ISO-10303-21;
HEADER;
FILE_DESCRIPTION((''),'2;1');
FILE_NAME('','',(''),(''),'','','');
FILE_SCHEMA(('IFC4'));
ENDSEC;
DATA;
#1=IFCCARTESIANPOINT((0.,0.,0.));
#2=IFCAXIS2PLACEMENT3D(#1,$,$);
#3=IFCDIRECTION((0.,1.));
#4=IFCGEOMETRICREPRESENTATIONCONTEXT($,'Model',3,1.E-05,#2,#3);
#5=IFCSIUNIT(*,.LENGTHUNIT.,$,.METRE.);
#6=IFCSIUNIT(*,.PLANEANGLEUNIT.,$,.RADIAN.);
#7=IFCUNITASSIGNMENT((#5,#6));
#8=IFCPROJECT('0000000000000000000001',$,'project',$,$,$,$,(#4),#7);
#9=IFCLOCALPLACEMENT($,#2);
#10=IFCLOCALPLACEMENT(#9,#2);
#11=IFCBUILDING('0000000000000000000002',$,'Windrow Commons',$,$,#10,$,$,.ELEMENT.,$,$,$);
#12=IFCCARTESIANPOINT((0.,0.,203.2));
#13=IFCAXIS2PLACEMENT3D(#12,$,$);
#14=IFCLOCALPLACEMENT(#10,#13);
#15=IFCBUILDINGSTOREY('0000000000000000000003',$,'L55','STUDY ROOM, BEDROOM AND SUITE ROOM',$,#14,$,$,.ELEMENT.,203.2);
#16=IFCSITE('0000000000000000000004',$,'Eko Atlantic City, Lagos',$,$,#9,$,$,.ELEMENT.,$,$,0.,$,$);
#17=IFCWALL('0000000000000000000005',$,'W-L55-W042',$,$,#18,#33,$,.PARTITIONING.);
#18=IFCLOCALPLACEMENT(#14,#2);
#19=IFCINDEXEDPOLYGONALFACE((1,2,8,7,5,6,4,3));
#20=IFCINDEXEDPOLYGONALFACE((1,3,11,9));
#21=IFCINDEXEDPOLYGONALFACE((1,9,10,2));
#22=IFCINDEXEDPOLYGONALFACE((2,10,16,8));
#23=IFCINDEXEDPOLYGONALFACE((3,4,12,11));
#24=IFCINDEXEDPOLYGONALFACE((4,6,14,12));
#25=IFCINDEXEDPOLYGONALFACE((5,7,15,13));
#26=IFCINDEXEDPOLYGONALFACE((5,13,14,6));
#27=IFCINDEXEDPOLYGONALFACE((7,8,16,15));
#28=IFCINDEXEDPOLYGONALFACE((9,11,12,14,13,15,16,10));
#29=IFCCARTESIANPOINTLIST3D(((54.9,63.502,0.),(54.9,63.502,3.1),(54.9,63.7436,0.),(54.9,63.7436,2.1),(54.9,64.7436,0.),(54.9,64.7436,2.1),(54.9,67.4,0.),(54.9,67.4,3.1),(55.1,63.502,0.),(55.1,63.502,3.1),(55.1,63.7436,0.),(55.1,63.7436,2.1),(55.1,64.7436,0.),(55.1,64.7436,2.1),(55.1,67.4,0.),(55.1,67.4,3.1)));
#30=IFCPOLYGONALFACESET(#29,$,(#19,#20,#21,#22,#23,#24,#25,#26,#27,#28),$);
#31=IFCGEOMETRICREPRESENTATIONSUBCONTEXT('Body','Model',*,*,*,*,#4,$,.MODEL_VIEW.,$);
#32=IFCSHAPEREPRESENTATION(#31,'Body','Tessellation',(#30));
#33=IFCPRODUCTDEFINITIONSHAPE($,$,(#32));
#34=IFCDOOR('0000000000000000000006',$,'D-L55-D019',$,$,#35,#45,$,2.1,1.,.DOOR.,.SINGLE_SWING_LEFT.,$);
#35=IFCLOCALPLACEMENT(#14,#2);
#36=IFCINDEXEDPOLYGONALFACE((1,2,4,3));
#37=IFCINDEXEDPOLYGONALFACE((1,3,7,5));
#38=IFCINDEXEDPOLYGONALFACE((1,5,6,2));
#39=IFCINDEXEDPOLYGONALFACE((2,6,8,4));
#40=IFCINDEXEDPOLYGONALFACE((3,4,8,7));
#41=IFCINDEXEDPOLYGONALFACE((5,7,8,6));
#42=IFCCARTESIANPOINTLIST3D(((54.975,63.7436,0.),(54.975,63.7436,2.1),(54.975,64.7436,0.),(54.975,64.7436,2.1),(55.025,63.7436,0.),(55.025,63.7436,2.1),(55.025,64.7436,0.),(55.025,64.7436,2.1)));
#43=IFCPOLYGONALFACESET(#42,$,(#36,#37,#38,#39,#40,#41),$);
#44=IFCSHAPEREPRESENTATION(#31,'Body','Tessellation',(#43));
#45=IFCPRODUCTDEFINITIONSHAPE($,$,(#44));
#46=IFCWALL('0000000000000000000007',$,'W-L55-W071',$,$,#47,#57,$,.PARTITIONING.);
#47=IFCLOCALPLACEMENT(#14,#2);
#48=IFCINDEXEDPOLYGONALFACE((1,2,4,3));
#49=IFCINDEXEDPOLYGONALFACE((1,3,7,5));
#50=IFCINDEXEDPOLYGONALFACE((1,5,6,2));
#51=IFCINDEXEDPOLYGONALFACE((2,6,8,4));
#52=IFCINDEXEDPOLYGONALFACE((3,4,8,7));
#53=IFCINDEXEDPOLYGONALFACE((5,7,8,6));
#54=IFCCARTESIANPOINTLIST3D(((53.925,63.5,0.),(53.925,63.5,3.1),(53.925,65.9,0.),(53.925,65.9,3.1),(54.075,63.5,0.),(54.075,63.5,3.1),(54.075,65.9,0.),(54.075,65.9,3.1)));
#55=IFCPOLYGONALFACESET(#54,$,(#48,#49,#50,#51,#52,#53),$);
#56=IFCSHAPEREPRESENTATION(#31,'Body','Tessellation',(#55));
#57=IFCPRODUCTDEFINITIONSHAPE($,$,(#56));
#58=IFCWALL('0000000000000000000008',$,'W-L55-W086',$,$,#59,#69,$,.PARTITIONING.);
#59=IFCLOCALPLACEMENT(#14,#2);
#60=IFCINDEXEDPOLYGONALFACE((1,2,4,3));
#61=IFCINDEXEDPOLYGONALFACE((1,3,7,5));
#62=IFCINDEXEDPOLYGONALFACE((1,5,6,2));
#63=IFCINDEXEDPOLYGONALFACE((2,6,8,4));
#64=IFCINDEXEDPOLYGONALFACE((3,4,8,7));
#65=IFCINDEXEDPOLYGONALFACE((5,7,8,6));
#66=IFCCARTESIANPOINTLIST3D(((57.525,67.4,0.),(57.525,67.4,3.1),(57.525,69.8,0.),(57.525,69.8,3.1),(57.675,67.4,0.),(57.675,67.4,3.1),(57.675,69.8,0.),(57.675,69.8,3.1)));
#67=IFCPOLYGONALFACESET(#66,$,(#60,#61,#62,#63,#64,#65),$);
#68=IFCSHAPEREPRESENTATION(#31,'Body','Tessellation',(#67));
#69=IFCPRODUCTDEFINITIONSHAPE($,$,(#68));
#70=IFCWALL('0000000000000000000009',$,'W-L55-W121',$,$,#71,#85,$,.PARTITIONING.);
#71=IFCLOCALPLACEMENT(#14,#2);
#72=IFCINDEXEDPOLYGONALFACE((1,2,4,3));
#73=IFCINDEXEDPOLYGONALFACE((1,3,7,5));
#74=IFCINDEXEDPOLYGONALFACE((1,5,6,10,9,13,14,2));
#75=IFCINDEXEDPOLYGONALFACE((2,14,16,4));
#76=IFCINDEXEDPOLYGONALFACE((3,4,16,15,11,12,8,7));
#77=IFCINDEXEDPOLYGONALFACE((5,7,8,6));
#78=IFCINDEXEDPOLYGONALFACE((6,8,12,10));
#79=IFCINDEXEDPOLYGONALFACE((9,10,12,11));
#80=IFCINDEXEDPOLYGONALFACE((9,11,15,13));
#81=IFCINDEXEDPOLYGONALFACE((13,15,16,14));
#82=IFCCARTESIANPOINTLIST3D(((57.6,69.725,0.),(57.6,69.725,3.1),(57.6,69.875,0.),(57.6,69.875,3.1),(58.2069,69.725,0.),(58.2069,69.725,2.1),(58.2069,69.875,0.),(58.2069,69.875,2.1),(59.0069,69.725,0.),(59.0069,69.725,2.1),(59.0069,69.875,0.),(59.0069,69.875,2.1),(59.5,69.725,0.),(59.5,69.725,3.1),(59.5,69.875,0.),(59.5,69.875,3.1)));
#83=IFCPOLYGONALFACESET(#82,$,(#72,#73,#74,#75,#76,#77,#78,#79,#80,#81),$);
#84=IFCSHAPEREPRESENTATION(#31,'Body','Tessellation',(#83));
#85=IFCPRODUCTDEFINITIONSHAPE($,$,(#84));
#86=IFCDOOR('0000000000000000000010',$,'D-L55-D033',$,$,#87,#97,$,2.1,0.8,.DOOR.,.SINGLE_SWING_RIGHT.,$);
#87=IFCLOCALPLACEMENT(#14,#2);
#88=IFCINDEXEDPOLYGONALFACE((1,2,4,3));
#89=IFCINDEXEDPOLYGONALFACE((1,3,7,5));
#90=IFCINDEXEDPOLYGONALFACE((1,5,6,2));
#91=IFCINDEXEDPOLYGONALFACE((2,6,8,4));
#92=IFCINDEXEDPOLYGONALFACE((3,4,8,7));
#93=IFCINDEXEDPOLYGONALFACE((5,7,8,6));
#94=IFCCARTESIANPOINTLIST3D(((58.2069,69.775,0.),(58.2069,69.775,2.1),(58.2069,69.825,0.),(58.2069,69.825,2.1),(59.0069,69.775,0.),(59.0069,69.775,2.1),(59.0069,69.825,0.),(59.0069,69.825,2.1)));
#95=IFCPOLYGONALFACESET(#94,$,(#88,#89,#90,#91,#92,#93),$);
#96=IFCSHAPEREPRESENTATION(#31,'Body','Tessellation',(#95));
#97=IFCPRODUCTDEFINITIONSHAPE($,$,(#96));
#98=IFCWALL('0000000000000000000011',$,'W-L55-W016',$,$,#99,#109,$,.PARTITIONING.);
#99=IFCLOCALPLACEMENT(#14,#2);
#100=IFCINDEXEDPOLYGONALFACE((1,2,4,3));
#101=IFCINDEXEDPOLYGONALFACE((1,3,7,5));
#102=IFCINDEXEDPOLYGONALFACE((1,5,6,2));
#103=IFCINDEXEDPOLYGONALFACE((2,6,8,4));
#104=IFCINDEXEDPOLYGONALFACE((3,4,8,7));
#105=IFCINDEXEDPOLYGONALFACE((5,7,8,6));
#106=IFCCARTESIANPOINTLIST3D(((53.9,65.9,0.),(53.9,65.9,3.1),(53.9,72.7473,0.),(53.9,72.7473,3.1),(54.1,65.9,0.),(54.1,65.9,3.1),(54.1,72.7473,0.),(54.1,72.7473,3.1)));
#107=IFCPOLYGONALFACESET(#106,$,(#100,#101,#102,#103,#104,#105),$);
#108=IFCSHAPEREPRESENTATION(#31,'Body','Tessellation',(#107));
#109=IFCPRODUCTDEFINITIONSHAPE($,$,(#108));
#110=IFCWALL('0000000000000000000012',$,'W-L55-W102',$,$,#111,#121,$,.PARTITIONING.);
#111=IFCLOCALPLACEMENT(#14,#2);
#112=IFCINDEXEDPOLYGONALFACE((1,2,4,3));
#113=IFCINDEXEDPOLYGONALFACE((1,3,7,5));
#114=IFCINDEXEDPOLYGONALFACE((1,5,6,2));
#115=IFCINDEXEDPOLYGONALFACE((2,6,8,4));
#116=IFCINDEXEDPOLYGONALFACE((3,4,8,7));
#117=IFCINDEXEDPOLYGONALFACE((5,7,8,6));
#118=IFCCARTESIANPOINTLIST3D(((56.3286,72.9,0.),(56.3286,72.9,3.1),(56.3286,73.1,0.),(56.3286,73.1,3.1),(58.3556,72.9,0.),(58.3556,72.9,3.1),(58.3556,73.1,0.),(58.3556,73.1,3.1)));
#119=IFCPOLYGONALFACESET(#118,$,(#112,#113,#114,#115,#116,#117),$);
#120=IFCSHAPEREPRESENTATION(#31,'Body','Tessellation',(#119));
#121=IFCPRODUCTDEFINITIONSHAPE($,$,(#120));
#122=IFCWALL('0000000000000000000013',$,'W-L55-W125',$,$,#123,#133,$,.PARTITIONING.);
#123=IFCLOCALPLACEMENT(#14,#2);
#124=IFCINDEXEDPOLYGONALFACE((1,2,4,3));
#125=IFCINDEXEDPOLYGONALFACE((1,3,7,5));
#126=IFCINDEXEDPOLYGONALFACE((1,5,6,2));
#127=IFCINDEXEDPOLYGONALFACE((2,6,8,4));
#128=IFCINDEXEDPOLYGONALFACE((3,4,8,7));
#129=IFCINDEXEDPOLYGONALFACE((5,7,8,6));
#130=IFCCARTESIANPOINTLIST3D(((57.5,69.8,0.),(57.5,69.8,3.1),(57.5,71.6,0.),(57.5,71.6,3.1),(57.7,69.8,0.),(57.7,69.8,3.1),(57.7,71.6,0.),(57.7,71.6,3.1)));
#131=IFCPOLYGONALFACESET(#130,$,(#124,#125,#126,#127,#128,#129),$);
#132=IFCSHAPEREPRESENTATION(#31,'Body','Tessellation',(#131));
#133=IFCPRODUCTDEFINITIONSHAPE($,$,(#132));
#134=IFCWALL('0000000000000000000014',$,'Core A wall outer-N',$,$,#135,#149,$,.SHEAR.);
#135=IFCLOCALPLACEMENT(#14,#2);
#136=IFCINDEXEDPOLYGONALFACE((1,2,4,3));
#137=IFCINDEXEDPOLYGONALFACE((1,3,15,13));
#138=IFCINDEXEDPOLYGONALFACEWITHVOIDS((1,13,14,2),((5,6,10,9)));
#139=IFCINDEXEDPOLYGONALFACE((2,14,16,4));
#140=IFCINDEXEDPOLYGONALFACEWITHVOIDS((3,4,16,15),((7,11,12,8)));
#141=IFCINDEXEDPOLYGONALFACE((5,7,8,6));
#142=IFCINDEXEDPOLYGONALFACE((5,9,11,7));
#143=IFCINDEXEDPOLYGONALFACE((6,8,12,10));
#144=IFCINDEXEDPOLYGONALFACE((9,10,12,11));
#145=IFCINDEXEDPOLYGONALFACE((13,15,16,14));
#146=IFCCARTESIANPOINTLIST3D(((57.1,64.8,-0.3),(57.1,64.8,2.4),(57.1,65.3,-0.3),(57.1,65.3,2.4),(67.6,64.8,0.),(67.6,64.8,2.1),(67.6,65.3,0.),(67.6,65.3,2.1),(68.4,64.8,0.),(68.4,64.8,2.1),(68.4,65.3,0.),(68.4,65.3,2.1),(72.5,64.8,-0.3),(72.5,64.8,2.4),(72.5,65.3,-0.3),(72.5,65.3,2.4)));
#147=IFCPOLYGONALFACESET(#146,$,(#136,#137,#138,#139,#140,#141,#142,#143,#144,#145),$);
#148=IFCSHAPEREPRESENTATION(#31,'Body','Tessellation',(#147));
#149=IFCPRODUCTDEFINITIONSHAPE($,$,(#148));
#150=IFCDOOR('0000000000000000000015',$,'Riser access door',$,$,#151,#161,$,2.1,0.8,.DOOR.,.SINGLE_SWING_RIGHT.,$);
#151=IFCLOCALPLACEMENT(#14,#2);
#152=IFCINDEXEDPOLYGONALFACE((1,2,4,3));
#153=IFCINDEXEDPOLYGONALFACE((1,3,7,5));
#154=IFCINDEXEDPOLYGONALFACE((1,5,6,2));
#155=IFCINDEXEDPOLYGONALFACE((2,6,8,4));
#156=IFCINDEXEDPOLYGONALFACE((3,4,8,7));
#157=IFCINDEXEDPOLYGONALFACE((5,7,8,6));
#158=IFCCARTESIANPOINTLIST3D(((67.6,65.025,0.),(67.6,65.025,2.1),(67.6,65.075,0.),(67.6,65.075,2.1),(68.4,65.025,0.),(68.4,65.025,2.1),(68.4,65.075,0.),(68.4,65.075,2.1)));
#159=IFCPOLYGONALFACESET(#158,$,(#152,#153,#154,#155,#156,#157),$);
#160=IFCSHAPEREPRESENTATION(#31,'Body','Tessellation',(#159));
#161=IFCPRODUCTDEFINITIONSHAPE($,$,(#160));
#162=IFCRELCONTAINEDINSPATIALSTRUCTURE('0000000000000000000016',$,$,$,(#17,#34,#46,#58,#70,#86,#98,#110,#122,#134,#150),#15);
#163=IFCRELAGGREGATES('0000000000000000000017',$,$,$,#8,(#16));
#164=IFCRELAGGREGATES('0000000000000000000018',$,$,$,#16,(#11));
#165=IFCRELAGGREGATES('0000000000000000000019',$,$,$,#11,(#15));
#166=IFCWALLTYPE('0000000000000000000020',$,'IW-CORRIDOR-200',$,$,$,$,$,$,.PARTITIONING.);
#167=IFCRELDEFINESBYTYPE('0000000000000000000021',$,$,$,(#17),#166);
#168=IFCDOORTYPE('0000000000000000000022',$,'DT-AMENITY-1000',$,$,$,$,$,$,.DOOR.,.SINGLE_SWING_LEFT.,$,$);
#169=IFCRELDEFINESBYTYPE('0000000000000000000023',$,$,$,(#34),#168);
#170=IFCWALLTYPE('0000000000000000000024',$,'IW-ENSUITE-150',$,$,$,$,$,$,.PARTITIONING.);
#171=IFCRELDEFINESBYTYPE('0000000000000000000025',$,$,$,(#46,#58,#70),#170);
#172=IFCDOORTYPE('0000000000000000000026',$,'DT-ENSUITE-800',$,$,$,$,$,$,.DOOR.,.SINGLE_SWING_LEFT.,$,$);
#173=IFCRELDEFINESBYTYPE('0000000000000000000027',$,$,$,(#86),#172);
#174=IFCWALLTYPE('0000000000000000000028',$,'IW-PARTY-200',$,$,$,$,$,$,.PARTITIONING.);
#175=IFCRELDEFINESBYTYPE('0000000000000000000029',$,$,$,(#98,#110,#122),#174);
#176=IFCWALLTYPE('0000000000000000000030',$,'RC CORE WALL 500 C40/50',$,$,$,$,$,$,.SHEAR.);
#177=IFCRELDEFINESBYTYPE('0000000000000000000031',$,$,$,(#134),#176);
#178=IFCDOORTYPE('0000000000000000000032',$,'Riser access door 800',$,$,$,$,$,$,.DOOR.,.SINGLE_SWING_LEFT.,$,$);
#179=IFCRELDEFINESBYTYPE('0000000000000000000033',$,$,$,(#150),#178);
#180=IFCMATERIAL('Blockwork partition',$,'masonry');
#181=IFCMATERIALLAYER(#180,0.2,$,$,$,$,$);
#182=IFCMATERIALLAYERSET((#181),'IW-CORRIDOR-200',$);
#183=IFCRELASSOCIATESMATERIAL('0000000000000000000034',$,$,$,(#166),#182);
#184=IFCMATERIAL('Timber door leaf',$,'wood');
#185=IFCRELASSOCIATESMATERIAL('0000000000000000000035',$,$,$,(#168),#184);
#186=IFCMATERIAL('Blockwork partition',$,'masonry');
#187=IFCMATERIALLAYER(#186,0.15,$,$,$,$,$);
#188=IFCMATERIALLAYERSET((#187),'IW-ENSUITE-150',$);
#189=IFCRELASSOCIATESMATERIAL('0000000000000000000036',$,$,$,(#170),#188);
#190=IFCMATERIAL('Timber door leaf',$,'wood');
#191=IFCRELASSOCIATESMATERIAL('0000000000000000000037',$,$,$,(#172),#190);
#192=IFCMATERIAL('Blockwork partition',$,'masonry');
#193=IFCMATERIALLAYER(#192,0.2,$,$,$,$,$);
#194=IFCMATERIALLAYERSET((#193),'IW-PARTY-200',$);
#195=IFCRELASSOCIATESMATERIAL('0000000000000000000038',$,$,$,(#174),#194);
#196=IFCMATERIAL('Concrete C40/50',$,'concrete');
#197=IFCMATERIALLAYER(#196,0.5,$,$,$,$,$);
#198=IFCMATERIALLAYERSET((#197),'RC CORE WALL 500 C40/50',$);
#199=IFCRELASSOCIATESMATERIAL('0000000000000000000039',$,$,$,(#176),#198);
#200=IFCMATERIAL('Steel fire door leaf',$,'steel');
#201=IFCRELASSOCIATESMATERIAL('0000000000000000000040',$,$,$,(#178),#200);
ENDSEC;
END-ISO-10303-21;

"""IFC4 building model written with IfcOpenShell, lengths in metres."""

from ifc_helpers import new_model, si_unit, direction, frame, frame_2d, origin, place, context, subcontext, project, spatial, rectangle, extrude, material, layer, layer_set, type_object, element, fill, save


model = new_model("IFC4")

# Units and contexts
model_context = context("Model", 3, precision=1e-05, world=origin(), true_north=direction((0.0, 1.0)))
body_context = subcontext(model_context, "Body", "Model", "MODEL_VIEW")
ifc_project = project(units=[si_unit("LENGTHUNIT", "METRE"), si_unit("PLANEANGLEUNIT", "RADIAN")], contexts=[model_context])

# Site, building, storey
site_placement = place(None, origin())
site = spatial("IfcSite", under=ifc_project, at=site_placement, Name="Eko Atlantic City, Lagos", CompositionType="ELEMENT", RefElevation=0.0)
building_placement = place(site_placement, origin())
building = spatial("IfcBuilding", under=site, at=building_placement, Name="Windrow Commons", CompositionType="ELEMENT")
storey_placement = place(building_placement, frame((0.0, 0.0, 203.2)))
storey = spatial("IfcBuildingStorey", under=building, at=storey_placement, Name="L55", Description="STUDY ROOM, BEDROOM AND SUITE ROOM", CompositionType="ELEMENT", Elevation=203.2)

# Shared definitions
ifc_material_1 = material(Name="Blockwork partition", Category="masonry")
ifc_layer_1 = layer(ifc_material_1, 0.2)
ifc_layer_set_1 = layer_set([ifc_layer_1], Name="IW-CORRIDOR-200")
wall_type_1 = type_object("IfcWallType", Name="IW-CORRIDOR-200", PredefinedType="PARTITIONING", material=ifc_layer_set_1)

# Wall, opening, door
wall_1_placement = place(storey_placement, frame((55.0, 63.502, 0.0), z_axis=(0.0, 0.0, 1.0), x_axis=(0.0, 1.0, 0.0)))
wall_1 = element("IfcWall", 1, at=wall_1_placement, inside=storey, type_object=wall_type_1, Name="W-L55-W042", PredefinedType="PARTITIONING", context=body_context, shape_type="SweptSolid", body=[
    extrude(rectangle(XDim=3.898, YDim=0.2, at=frame_2d((1.949, 0.0))), origin(), (0.0, 0.0, 1.0), 3.1),
])
opening_1_placement = place(wall_1_placement, frame((0.2416, 0.0, 0.0)))
opening_1 = element("IfcOpeningElement", 2, at=opening_1_placement, cuts=wall_1, PredefinedType="OPENING", context=body_context, shape_type="SweptSolid", body=[
    extrude(rectangle(XDim=1.0, YDim=2.1, at=frame_2d((0.5, 1.05))), frame((0.0, 0.11, 0.0), z_axis=(0.0, -1.0, 0.0), x_axis=(1.0, 0.0, 0.0)), (0.0, 0.0, 1.0), 0.22),
])
ifc_material_2 = material(Name="Timber door leaf", Category="wood")
door_type_1 = type_object("IfcDoorType", Name="DT-AMENITY-1000", OperationType="SINGLE_SWING_LEFT", PredefinedType="DOOR", material=ifc_material_2)
door_1_placement = place(opening_1_placement, origin())
door_1 = element("IfcDoor", 3, at=door_1_placement, inside=storey, type_object=door_type_1, Name="D-L55-D019", OperationType="SINGLE_SWING_LEFT", OverallHeight=2.1, OverallWidth=1.0, PredefinedType="DOOR", context=body_context, shape_type="SweptSolid", body=[
    extrude(rectangle(XDim=1.0, YDim=2.1, at=frame_2d((0.5, 1.05))), frame((0.0, 0.025, 0.0), z_axis=(0.0, -1.0, 0.0), x_axis=(1.0, 0.0, 0.0)), (0.0, 0.0, 1.0), 0.05),
])
fill(opening_1, door_1)

# Walls
ifc_material_3 = material(Name="Blockwork partition", Category="masonry")
ifc_layer_2 = layer(ifc_material_3, 0.15)
ifc_layer_set_2 = layer_set([ifc_layer_2], Name="IW-ENSUITE-150")
wall_type_2 = type_object("IfcWallType", Name="IW-ENSUITE-150", PredefinedType="PARTITIONING", material=ifc_layer_set_2)
for number, where, z_axis, x_axis, name in (
    (4, (54.0, 63.5, 0.0), (0.0, 0.0, 1.0), (0.0, 1.0, 0.0), "W-L55-W071"),
    (5, (57.6, 67.4, 0.0), (0.0, 0.0, 1.0), (0.0, 1.0, 0.0), "W-L55-W086"),
):
    element("IfcWall", number, at=place(storey_placement, frame(where, z_axis=z_axis, x_axis=x_axis)), inside=storey, type_object=wall_type_2, Name=name, PredefinedType="PARTITIONING", context=body_context, shape_type="SweptSolid", body=[
        extrude(rectangle(XDim=2.4, YDim=0.15, at=frame_2d((1.2, 0.0))), origin(), (0.0, 0.0, 1.0), 3.1),
    ])

# Wall, opening, door
wall_2_placement = place(storey_placement, frame((57.6, 69.8, 0.0), z_axis=(0.0, 0.0, 1.0), x_axis=(1.0, 0.0, 0.0)))
wall_2 = element("IfcWall", 6, at=wall_2_placement, inside=storey, type_object=wall_type_2, Name="W-L55-W121", PredefinedType="PARTITIONING", context=body_context, shape_type="SweptSolid", body=[
    extrude(rectangle(XDim=1.9, YDim=0.15, at=frame_2d((0.95, 0.0))), origin(), (0.0, 0.0, 1.0), 3.1),
])
opening_2_placement = place(wall_2_placement, frame((0.6069, 0.0, 0.0)))
opening_2 = element("IfcOpeningElement", 7, at=opening_2_placement, cuts=wall_2, PredefinedType="OPENING", context=body_context, shape_type="SweptSolid", body=[
    extrude(rectangle(XDim=0.8, YDim=2.1, at=frame_2d((0.4, 1.05))), frame((0.0, 0.085, 0.0), z_axis=(0.0, -1.0, 0.0), x_axis=(1.0, 0.0, 0.0)), (0.0, 0.0, 1.0), 0.17),
])
ifc_material_4 = material(Name="Timber door leaf", Category="wood")
door_type_2 = type_object("IfcDoorType", Name="DT-ENSUITE-800", OperationType="SINGLE_SWING_LEFT", PredefinedType="DOOR", material=ifc_material_4)
door_2_placement = place(opening_2_placement, origin())
door_2 = element("IfcDoor", 8, at=door_2_placement, inside=storey, type_object=door_type_2, Name="D-L55-D033", OperationType="SINGLE_SWING_RIGHT", OverallHeight=2.1, OverallWidth=0.8, PredefinedType="DOOR", context=body_context, shape_type="SweptSolid", body=[
    extrude(rectangle(XDim=0.8, YDim=2.1, at=frame_2d((0.4, 1.05))), frame((0.0, 0.025, 0.0), z_axis=(0.0, -1.0, 0.0), x_axis=(1.0, 0.0, 0.0)), (0.0, 0.0, 1.0), 0.05),
])
fill(opening_2, door_2)

# Walls
ifc_material_5 = material(Name="Blockwork partition", Category="masonry")
ifc_layer_3 = layer(ifc_material_5, 0.2)
ifc_layer_set_3 = layer_set([ifc_layer_3], Name="IW-PARTY-200")
wall_type_3 = type_object("IfcWallType", Name="IW-PARTY-200", PredefinedType="PARTITIONING", material=ifc_layer_set_3)
wall_3_placement = place(storey_placement, frame((54.0, 65.9, 0.0), z_axis=(0.0, 0.0, 1.0), x_axis=(0.0, 1.0, 0.0)))
element("IfcWall", 9, at=wall_3_placement, inside=storey, type_object=wall_type_3, Name="W-L55-W016", PredefinedType="PARTITIONING", context=body_context, shape_type="SweptSolid", body=[
    extrude(rectangle(XDim=6.8473, YDim=0.2, at=frame_2d((3.4236, 0.0))), origin(), (0.0, 0.0, 1.0), 3.1),
])
wall_4_placement = place(storey_placement, frame((56.3287, 73.0, 0.0), z_axis=(0.0, 0.0, 1.0), x_axis=(1.0, 0.0, 0.0)))
element("IfcWall", 10, at=wall_4_placement, inside=storey, type_object=wall_type_3, Name="W-L55-W102", PredefinedType="PARTITIONING", context=body_context, shape_type="SweptSolid", body=[
    extrude(rectangle(XDim=2.0269, YDim=0.2, at=frame_2d((1.0134, 0.0))), origin(), (0.0, 0.0, 1.0), 3.1),
])
wall_5_placement = place(storey_placement, frame((57.6, 69.8, 0.0), z_axis=(0.0, 0.0, 1.0), x_axis=(0.0, 1.0, 0.0)))
element("IfcWall", 11, at=wall_5_placement, inside=storey, type_object=wall_type_3, Name="W-L55-W125", PredefinedType="PARTITIONING", context=body_context, shape_type="SweptSolid", body=[
    extrude(rectangle(XDim=1.8, YDim=0.2, at=frame_2d((0.9, 0.0))), origin(), (0.0, 0.0, 1.0), 3.1),
])

# Wall, opening, door
ifc_material_6 = material(Name="Concrete C40/50", Category="concrete")
ifc_layer_4 = layer(ifc_material_6, 0.5)
ifc_layer_set_4 = layer_set([ifc_layer_4], Name="RC CORE WALL 500 C40/50")
wall_type_4 = type_object("IfcWallType", Name="RC CORE WALL 500 C40/50", PredefinedType="SHEAR", material=ifc_layer_set_4)
wall_6_placement = place(storey_placement, frame((57.1, 65.05, -0.3), z_axis=(0.0, 0.0, 1.0), x_axis=(1.0, 0.0, 0.0)))
wall_6 = element("IfcWall", 12, at=wall_6_placement, inside=storey, type_object=wall_type_4, Name="Core A wall outer-N", PredefinedType="SHEAR", context=body_context, shape_type="SweptSolid", body=[
    extrude(rectangle(XDim=15.4, YDim=0.5, at=frame_2d((7.7, 0.0))), origin(), (0.0, 0.0, 1.0), 2.7),
])
opening_3_placement = place(wall_6_placement, frame((10.5, 0.0, 0.3)))
opening_3 = element("IfcOpeningElement", 13, at=opening_3_placement, cuts=wall_6, PredefinedType="OPENING", context=body_context, shape_type="SweptSolid", body=[
    extrude(rectangle(XDim=0.8, YDim=2.1, at=frame_2d((0.4, 1.05))), frame((0.0, 0.26, 0.0), z_axis=(0.0, -1.0, 0.0), x_axis=(1.0, 0.0, 0.0)), (0.0, 0.0, 1.0), 0.52),
])
ifc_material_7 = material(Name="Steel fire door leaf", Category="steel")
door_type_3 = type_object("IfcDoorType", Name="Riser access door 800", OperationType="SINGLE_SWING_LEFT", PredefinedType="DOOR", material=ifc_material_7)
door_3_placement = place(opening_3_placement, origin())
door_3 = element("IfcDoor", 14, at=door_3_placement, inside=storey, type_object=door_type_3, Name="Riser access door", OperationType="SINGLE_SWING_RIGHT", OverallHeight=2.1, OverallWidth=0.8, PredefinedType="DOOR", context=body_context, shape_type="SweptSolid", body=[
    extrude(rectangle(XDim=0.8, YDim=2.1, at=frame_2d((0.4, 1.05))), frame((0.0, 0.025, 0.0), z_axis=(0.0, -1.0, 0.0), x_axis=(1.0, 0.0, 0.0)), (0.0, 0.0, 1.0), 0.05),
])
fill(opening_3, door_3)

save(model, "model.ifc")
